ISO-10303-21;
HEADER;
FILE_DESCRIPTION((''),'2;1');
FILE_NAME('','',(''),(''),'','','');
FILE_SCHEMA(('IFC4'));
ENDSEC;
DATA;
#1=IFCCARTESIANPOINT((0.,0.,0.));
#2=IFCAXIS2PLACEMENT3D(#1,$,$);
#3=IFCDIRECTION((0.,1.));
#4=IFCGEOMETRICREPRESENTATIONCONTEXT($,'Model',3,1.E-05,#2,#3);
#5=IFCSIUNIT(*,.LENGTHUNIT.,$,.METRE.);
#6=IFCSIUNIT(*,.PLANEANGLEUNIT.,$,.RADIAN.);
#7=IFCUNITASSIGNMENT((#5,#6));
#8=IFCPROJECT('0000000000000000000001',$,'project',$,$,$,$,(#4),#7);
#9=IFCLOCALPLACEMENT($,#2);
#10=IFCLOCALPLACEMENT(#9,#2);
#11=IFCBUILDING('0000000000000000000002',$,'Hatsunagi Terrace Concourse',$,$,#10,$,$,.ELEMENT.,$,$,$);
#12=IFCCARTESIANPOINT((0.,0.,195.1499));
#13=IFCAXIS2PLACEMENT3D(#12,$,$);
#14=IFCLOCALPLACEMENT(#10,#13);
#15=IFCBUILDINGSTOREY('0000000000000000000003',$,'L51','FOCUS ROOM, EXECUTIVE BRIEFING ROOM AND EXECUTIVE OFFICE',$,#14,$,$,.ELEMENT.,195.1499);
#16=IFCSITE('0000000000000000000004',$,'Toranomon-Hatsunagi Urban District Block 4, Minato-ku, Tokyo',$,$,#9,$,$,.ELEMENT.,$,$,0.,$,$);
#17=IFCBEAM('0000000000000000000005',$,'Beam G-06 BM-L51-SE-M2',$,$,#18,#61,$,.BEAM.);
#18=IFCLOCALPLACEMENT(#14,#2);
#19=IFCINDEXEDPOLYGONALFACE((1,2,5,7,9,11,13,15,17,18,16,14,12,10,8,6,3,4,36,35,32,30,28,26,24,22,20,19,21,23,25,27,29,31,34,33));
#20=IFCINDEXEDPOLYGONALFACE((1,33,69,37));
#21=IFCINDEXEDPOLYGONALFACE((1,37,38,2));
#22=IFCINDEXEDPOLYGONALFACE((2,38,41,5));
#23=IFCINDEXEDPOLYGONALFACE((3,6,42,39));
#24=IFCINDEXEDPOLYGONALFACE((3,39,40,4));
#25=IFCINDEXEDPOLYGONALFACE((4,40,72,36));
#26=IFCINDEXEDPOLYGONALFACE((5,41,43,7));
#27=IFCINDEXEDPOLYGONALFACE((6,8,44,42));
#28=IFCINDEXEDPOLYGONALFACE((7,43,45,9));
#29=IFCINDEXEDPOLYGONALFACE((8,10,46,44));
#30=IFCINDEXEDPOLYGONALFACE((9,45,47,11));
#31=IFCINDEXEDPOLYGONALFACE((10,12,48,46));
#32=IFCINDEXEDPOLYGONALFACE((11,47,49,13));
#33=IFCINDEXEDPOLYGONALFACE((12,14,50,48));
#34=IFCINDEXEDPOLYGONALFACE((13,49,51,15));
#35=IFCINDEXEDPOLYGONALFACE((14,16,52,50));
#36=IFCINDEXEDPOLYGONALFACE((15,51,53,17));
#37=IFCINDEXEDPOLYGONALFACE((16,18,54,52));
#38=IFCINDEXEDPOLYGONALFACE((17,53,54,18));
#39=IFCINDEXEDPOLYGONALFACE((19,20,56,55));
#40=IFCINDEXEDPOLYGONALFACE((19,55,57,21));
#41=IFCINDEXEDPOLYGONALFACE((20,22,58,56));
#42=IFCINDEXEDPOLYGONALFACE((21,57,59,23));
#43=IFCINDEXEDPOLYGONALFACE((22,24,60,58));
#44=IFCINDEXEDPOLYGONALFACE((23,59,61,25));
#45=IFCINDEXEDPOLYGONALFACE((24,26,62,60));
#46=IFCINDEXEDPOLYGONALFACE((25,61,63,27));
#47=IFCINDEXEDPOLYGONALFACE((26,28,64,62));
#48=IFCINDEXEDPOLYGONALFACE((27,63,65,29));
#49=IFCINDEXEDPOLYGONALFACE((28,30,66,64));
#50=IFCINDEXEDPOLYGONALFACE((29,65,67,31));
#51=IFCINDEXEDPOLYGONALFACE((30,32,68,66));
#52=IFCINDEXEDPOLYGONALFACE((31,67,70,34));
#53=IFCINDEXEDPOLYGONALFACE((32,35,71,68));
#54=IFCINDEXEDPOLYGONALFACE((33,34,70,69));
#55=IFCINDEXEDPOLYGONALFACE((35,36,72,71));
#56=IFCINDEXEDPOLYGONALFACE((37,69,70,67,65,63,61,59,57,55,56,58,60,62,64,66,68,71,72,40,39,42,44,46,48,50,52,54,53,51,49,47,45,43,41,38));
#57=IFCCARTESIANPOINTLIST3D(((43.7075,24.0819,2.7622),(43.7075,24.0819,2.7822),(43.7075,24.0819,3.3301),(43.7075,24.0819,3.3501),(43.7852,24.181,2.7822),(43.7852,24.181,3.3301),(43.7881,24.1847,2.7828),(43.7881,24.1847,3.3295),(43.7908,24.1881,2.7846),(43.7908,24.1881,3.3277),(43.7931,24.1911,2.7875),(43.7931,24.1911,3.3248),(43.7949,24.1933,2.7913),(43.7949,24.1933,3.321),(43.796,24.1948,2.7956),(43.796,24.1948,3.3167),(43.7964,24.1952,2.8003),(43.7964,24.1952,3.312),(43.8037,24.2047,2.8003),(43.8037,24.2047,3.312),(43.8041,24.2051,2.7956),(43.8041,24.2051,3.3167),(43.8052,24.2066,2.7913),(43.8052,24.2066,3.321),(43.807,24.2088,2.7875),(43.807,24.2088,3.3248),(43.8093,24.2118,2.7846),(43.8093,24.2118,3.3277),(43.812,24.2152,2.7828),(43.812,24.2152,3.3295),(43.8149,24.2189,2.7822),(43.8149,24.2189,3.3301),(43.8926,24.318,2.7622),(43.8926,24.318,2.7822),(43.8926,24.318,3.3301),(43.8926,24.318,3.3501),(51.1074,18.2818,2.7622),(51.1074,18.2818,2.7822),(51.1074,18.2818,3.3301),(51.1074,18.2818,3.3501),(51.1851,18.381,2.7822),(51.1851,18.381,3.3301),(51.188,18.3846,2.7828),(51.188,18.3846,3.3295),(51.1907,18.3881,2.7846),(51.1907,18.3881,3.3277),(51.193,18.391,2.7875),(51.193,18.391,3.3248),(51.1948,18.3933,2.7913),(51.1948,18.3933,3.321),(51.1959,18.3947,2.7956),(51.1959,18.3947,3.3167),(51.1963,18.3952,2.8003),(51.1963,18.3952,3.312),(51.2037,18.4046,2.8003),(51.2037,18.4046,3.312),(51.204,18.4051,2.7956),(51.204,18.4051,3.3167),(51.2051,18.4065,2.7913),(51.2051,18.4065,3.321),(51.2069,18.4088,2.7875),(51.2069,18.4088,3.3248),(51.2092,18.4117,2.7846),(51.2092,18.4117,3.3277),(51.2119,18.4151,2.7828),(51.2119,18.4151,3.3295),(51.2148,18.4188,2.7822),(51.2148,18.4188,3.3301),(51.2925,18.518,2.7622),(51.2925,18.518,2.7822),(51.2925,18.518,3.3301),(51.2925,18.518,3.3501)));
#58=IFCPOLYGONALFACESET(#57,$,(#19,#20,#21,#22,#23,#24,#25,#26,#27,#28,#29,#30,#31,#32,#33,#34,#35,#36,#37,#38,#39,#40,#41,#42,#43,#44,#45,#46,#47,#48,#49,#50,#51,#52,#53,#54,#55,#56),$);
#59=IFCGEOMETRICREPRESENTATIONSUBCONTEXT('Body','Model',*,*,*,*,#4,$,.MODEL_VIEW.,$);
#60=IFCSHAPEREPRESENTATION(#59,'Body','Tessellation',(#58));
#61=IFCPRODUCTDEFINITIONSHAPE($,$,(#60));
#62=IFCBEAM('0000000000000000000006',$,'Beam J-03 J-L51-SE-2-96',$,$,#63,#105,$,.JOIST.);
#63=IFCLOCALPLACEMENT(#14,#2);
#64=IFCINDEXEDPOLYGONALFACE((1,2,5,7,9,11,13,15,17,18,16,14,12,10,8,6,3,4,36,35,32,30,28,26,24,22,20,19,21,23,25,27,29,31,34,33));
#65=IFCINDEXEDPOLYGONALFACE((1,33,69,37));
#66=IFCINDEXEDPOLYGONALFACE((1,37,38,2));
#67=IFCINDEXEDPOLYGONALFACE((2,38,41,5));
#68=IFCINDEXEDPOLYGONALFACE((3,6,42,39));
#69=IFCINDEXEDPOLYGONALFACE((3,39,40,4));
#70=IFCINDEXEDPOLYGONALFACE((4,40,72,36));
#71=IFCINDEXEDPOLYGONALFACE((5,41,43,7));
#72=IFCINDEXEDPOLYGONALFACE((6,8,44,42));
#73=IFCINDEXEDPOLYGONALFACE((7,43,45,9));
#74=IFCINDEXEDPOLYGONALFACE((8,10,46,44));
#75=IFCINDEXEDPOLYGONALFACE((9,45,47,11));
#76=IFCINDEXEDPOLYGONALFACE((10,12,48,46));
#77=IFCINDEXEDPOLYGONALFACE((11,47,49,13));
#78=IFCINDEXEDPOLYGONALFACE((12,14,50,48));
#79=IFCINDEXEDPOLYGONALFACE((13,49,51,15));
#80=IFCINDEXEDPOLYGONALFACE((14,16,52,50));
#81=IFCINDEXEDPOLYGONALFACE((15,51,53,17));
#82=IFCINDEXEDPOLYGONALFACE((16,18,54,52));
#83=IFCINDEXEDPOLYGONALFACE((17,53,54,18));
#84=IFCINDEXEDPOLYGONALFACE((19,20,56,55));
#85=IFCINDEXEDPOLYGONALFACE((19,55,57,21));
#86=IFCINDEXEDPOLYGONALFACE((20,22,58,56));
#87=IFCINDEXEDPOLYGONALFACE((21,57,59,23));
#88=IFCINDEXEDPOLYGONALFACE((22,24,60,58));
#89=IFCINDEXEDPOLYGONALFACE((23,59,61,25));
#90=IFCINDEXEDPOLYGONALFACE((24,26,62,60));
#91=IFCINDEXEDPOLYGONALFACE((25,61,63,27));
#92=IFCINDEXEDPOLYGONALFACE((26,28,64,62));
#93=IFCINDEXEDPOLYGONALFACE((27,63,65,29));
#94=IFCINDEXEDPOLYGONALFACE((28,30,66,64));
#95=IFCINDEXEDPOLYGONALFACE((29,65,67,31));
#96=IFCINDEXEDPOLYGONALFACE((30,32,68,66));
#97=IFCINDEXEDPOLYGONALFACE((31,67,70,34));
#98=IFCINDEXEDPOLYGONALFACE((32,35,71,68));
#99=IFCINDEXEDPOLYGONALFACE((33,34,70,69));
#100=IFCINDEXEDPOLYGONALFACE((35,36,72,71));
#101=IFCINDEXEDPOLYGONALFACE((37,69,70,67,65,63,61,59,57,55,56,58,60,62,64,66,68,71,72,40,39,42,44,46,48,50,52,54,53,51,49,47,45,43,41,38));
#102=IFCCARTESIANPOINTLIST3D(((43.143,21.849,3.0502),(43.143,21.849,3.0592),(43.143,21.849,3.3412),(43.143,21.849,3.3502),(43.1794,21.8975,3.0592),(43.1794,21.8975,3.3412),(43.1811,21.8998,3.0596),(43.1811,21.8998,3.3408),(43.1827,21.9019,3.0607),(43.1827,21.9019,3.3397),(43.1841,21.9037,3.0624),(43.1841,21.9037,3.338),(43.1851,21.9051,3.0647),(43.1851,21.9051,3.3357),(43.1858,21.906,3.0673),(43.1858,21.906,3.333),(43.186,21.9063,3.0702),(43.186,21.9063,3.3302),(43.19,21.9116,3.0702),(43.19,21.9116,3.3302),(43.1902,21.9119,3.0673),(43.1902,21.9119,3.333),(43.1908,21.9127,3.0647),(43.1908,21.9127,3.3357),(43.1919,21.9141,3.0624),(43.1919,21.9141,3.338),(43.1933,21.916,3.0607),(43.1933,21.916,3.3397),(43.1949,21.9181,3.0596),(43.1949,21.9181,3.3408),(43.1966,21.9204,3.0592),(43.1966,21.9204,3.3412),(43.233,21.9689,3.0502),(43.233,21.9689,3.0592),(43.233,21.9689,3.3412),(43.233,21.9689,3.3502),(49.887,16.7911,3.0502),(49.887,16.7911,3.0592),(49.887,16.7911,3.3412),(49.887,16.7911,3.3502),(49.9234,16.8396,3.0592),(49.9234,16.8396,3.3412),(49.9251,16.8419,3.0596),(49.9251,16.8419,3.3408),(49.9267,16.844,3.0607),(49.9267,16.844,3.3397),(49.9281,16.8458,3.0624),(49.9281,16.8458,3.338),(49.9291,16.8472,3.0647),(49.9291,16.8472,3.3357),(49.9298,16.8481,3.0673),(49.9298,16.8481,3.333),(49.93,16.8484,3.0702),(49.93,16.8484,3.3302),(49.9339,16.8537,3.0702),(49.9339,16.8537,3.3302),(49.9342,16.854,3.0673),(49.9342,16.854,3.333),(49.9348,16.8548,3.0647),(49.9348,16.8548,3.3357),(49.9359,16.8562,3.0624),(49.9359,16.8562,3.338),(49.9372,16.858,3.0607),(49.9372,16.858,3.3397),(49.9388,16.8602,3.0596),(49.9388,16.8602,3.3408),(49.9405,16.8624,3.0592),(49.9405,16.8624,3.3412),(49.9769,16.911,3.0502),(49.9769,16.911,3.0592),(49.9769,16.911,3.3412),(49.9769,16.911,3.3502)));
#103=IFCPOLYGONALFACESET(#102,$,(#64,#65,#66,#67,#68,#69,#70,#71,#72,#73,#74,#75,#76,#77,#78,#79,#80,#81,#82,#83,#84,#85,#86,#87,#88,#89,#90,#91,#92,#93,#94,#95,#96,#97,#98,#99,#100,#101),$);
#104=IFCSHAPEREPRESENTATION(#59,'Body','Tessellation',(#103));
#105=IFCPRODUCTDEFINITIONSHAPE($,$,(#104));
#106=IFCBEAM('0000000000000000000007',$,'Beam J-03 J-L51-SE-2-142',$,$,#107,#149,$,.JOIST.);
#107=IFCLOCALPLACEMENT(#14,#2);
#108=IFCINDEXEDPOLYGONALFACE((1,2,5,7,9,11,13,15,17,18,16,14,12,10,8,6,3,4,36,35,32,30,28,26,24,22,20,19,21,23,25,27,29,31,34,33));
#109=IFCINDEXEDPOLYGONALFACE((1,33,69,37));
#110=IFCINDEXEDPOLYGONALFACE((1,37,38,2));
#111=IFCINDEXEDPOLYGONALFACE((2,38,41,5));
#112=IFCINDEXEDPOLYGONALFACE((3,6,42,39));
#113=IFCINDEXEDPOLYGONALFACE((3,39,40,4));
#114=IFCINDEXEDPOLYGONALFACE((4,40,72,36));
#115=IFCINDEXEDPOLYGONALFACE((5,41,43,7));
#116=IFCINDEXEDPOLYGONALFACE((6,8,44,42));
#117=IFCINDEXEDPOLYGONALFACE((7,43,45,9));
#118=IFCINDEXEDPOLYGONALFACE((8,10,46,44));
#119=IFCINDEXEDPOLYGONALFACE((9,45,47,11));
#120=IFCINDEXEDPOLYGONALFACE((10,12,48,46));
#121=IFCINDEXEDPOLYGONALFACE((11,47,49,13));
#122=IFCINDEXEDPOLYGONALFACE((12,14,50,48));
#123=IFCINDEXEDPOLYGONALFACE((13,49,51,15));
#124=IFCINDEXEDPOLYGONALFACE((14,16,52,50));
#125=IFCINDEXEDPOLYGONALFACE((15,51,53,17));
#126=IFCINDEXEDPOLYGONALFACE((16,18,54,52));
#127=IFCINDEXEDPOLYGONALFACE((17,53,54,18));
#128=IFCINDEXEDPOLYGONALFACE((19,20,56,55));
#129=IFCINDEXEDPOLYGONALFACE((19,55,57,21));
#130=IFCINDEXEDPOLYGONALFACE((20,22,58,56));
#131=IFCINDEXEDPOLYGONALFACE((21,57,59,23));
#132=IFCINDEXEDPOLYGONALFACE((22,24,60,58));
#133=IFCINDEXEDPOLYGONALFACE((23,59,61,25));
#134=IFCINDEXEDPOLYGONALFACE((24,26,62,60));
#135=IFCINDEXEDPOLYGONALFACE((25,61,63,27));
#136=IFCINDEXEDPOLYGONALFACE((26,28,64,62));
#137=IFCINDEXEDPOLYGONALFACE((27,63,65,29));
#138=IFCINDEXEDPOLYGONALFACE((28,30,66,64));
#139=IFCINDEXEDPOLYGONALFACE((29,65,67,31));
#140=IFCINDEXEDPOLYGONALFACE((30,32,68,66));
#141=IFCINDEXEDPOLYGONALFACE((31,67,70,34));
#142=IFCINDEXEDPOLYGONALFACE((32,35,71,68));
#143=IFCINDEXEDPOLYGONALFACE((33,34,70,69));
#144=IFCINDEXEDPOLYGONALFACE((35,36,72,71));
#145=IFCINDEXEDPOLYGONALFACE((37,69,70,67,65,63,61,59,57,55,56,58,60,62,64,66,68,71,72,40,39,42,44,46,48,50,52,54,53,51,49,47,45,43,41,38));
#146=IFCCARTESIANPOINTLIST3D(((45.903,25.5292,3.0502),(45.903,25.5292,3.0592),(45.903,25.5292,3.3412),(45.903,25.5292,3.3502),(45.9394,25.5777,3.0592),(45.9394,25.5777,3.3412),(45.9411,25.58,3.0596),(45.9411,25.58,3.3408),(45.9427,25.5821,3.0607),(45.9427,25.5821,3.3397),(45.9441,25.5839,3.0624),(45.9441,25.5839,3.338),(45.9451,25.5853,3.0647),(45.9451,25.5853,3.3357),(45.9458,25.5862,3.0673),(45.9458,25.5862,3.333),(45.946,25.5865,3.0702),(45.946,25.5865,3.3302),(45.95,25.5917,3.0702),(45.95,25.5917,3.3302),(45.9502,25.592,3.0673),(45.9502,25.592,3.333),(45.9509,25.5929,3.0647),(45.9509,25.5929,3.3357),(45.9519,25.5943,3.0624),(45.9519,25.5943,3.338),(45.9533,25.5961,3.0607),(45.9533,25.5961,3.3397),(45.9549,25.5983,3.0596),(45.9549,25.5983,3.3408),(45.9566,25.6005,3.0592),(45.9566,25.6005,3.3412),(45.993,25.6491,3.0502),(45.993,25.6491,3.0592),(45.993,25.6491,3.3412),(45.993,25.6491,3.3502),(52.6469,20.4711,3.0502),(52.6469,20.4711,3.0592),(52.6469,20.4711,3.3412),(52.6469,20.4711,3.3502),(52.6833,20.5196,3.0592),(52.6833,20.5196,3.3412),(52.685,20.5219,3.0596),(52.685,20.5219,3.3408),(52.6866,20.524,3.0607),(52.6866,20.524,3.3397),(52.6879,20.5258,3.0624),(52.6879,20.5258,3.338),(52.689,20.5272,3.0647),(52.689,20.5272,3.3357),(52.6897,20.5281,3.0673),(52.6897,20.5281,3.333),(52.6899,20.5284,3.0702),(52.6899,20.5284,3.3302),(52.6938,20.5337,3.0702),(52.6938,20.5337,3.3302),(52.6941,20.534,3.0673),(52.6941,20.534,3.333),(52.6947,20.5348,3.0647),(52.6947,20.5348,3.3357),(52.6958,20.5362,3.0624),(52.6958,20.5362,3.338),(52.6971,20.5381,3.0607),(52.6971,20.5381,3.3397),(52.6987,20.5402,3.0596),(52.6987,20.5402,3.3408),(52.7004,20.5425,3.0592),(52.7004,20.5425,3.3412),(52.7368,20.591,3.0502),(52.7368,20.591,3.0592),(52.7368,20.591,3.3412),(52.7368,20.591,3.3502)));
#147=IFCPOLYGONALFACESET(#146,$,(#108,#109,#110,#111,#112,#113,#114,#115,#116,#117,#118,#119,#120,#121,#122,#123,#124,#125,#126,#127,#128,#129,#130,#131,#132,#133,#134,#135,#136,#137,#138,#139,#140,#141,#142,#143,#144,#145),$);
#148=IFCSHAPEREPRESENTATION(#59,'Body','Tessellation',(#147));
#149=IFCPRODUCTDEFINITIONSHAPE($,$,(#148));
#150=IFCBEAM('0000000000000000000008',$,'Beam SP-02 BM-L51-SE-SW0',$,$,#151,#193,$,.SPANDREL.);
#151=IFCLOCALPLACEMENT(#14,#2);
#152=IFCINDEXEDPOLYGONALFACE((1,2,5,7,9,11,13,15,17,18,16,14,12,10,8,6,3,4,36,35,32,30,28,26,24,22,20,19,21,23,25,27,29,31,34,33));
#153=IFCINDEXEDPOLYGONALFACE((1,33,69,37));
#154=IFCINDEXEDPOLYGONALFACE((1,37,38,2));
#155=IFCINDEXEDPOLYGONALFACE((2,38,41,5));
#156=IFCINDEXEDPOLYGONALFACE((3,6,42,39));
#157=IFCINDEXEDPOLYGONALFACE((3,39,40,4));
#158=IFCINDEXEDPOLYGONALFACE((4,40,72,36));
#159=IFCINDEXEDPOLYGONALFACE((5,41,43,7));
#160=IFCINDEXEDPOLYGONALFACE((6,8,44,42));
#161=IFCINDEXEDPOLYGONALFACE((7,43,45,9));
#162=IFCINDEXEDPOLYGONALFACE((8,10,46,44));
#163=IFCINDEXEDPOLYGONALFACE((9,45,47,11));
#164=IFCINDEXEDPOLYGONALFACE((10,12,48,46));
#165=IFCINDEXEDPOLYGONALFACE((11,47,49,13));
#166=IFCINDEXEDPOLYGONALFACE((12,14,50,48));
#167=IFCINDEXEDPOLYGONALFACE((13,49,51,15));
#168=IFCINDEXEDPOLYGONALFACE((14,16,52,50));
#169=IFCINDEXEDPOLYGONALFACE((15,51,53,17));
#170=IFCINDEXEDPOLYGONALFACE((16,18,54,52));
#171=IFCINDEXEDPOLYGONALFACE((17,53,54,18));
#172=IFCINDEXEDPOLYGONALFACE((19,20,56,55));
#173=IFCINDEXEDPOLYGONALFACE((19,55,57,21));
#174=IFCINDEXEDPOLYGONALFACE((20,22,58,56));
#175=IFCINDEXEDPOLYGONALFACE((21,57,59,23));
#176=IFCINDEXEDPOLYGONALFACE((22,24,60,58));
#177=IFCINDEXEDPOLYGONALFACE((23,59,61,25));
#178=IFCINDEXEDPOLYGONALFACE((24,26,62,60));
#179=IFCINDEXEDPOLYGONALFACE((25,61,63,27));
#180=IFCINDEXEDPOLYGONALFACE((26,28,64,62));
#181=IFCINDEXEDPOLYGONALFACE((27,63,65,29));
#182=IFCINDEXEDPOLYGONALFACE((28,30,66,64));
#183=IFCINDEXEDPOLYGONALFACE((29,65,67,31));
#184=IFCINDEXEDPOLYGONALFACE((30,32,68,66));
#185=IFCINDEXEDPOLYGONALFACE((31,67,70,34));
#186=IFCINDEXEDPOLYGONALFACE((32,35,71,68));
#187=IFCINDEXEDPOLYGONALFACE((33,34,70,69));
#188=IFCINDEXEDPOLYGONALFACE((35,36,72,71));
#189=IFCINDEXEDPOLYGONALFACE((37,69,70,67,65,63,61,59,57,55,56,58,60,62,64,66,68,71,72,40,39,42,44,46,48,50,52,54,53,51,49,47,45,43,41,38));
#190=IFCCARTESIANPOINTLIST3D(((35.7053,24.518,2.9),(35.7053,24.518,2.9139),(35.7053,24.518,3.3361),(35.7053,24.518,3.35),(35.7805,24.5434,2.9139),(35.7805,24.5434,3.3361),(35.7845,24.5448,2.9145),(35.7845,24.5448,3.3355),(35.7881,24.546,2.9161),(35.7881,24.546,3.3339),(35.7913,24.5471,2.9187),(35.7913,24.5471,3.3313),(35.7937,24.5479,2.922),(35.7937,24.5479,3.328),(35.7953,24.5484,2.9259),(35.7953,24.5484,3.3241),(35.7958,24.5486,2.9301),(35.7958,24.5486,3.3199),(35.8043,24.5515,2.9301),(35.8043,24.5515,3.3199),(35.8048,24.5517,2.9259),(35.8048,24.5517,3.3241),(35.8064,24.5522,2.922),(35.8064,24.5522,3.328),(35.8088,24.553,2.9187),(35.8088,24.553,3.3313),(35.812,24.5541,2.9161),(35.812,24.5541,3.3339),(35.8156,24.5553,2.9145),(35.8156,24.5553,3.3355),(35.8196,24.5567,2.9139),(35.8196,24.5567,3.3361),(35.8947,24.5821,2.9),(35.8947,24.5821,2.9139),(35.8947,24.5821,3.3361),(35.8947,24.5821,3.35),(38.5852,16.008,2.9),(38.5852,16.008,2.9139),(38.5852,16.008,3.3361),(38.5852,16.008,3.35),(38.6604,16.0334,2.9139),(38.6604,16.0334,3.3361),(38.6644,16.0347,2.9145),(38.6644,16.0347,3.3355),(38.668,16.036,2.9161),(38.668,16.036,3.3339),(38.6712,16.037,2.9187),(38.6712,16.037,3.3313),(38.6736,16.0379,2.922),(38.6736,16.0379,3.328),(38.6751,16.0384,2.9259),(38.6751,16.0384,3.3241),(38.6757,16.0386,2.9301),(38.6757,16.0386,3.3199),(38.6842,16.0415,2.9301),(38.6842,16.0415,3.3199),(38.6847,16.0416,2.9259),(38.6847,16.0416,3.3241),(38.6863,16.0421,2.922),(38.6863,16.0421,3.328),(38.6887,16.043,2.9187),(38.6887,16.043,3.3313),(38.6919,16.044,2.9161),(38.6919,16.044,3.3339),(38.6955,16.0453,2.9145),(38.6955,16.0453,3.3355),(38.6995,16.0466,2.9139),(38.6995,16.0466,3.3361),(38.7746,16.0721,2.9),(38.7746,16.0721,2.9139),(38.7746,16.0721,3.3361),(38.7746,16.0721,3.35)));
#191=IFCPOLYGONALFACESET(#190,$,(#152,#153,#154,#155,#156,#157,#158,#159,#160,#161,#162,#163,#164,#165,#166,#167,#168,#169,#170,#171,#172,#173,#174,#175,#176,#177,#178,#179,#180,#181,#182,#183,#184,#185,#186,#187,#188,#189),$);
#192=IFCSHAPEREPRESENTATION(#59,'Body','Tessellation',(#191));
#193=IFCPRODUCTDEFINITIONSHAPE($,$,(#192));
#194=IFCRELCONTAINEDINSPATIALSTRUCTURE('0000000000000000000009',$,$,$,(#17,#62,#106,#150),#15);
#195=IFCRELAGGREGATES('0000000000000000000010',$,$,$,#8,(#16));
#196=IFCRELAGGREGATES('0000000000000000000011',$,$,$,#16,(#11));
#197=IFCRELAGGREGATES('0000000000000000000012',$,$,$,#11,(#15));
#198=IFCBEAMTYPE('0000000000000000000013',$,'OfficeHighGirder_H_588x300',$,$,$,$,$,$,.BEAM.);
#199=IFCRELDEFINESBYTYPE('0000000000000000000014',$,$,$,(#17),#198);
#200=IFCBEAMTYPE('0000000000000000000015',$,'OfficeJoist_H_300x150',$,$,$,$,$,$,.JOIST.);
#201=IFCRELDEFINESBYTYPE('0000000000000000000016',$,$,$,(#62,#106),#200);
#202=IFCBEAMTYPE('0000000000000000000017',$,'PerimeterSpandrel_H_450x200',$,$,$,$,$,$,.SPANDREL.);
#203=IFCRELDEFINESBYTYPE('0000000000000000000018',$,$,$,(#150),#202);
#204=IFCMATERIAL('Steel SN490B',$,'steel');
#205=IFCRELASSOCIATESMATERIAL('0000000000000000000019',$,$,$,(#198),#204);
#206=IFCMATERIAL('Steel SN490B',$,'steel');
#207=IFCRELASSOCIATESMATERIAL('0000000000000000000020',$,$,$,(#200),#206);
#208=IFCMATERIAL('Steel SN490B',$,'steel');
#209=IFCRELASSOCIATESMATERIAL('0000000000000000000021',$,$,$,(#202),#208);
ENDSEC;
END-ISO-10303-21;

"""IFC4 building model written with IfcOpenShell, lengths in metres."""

from ifc_helpers import new_model, si_unit, direction, frame, origin, origin_2d, place, context, subcontext, project, spatial, i_section, extrude, material, material_profile, profile_set, type_object, element, save


model = new_model("IFC4")

# Units and contexts
model_context = context("Model", 3, precision=1e-05, world=origin(), true_north=direction((0.0, 1.0)))
body_context = subcontext(model_context, "Body", "Model", "MODEL_VIEW")
ifc_project = project(units=[si_unit("LENGTHUNIT", "METRE"), si_unit("PLANEANGLEUNIT", "RADIAN")], contexts=[model_context])

# Site, building, storey
site_placement = place(None, origin())
site = spatial("IfcSite", under=ifc_project, at=site_placement, Name="Toranomon-Hatsunagi Urban District Block 4, Minato-ku, Tokyo", CompositionType="ELEMENT", RefElevation=0.0)
building_placement = place(site_placement, origin())
building = spatial("IfcBuilding", under=site, at=building_placement, Name="Hatsunagi Terrace Concourse", CompositionType="ELEMENT")
storey_placement = place(building_placement, frame((0.0, 0.0, 195.1499)))
storey = spatial("IfcBuildingStorey", under=building, at=storey_placement, Name="L51", Description="FOCUS ROOM, EXECUTIVE BRIEFING ROOM AND EXECUTIVE OFFICE", CompositionType="ELEMENT", Elevation=195.1499)

# Beams
ifc_material_1 = material(Name="Steel SN490B", Category="steel")
ifc_material_profile_1 = material_profile(ifc_material_1, i_section(OverallWidth=0.3, OverallDepth=0.5879, WebThickness=0.012, FlangeThickness=0.02, FilletRadius=0.0181, at=origin_2d()), Name="H-588x300x12x20")
ifc_profile_set_1 = profile_set([ifc_material_profile_1], Name="Steel SN490B")
beam_type_1 = type_object("IfcBeamType", Name="OfficeHighGirder_H_588x300", PredefinedType="BEAM", material=ifc_profile_set_1)
beam_1_placement = place(storey_placement, frame((43.8, 24.2, 3.0562), z_axis=(0.787049, -0.61689, 0.0), x_axis=(0.61689, 0.787049, 0.0)))
element("IfcBeam", 1, at=beam_1_placement, inside=storey, type_object=beam_type_1, Name="Beam G-06 BM-L51-SE-M2", PredefinedType="BEAM", context=body_context, shape_type="SweptSolid", body=[
    extrude(i_section(OverallWidth=0.3, OverallDepth=0.5879, WebThickness=0.012, FlangeThickness=0.02, FilletRadius=0.0181, at=origin_2d()), origin(), (0.0, 0.0, 1.0), 9.4021),
])
ifc_material_2 = material(Name="Steel SN490B", Category="steel")
ifc_material_profile_2 = material_profile(ifc_material_2, i_section(OverallWidth=0.1499, OverallDepth=0.3, WebThickness=0.0066, FlangeThickness=0.009, FilletRadius=0.011, at=origin_2d()), Name="H-300x150x6.5x9")
ifc_profile_set_2 = profile_set([ifc_material_profile_2], Name="Steel SN490B")
beam_type_2 = type_object("IfcBeamType", Name="OfficeJoist_H_300x150", PredefinedType="JOIST", material=ifc_profile_set_2)
for number, where, z_axis, x_axis, name in (
    (2, (43.188, 21.9089, 3.2002), (0.800003, -0.599995, 0.0), (0.599995, 0.800003, 0.0), "Beam J-03 J-L51-SE-2-96"),
    (3, (45.948, 25.5891, 3.2002), (0.79999, -0.600014, 0.0), (0.600014, 0.79999, 0.0), "Beam J-03 J-L51-SE-2-142"),
):
    element("IfcBeam", number, at=place(storey_placement, frame(where, z_axis=z_axis, x_axis=x_axis)), inside=storey, type_object=beam_type_2, Name=name, PredefinedType="JOIST", context=body_context, shape_type="SweptSolid", body=[
        extrude(i_section(OverallWidth=0.1499, OverallDepth=0.3, WebThickness=0.0066, FlangeThickness=0.009, FilletRadius=0.011, at=origin_2d()), origin(), (0.0, 0.0, 1.0), 8.4299),
    ])
ifc_material_3 = material(Name="Steel SN490B", Category="steel")
ifc_material_profile_3 = material_profile(ifc_material_3, i_section(OverallWidth=0.2, OverallDepth=0.45, WebThickness=0.009, FlangeThickness=0.0139, FilletRadius=0.0161, at=origin_2d()), Name="H-450x200x9x14")
ifc_profile_set_3 = profile_set([ifc_material_profile_3], Name="Steel SN490B")
beam_type_3 = type_object("IfcBeamType", Name="PerimeterSpandrel_H_450x200", PredefinedType="SPANDREL", material=ifc_profile_set_3)
beam_2_placement = place(storey_placement, frame((35.8, 24.55, 3.125), z_axis=(0.320553, -0.94723, 0.0), x_axis=(0.94723, 0.320553, 0.0)))
element("IfcBeam", 4, at=beam_2_placement, inside=storey, type_object=beam_type_3, Name="Beam SP-02 BM-L51-SE-SW0", PredefinedType="SPANDREL", context=body_context, shape_type="SweptSolid", body=[
    extrude(i_section(OverallWidth=0.2, OverallDepth=0.45, WebThickness=0.009, FlangeThickness=0.0139, FilletRadius=0.0161, at=origin_2d()), origin(), (0.0, 0.0, 1.0), 8.9841),
])

save(model, "model.ifc")
